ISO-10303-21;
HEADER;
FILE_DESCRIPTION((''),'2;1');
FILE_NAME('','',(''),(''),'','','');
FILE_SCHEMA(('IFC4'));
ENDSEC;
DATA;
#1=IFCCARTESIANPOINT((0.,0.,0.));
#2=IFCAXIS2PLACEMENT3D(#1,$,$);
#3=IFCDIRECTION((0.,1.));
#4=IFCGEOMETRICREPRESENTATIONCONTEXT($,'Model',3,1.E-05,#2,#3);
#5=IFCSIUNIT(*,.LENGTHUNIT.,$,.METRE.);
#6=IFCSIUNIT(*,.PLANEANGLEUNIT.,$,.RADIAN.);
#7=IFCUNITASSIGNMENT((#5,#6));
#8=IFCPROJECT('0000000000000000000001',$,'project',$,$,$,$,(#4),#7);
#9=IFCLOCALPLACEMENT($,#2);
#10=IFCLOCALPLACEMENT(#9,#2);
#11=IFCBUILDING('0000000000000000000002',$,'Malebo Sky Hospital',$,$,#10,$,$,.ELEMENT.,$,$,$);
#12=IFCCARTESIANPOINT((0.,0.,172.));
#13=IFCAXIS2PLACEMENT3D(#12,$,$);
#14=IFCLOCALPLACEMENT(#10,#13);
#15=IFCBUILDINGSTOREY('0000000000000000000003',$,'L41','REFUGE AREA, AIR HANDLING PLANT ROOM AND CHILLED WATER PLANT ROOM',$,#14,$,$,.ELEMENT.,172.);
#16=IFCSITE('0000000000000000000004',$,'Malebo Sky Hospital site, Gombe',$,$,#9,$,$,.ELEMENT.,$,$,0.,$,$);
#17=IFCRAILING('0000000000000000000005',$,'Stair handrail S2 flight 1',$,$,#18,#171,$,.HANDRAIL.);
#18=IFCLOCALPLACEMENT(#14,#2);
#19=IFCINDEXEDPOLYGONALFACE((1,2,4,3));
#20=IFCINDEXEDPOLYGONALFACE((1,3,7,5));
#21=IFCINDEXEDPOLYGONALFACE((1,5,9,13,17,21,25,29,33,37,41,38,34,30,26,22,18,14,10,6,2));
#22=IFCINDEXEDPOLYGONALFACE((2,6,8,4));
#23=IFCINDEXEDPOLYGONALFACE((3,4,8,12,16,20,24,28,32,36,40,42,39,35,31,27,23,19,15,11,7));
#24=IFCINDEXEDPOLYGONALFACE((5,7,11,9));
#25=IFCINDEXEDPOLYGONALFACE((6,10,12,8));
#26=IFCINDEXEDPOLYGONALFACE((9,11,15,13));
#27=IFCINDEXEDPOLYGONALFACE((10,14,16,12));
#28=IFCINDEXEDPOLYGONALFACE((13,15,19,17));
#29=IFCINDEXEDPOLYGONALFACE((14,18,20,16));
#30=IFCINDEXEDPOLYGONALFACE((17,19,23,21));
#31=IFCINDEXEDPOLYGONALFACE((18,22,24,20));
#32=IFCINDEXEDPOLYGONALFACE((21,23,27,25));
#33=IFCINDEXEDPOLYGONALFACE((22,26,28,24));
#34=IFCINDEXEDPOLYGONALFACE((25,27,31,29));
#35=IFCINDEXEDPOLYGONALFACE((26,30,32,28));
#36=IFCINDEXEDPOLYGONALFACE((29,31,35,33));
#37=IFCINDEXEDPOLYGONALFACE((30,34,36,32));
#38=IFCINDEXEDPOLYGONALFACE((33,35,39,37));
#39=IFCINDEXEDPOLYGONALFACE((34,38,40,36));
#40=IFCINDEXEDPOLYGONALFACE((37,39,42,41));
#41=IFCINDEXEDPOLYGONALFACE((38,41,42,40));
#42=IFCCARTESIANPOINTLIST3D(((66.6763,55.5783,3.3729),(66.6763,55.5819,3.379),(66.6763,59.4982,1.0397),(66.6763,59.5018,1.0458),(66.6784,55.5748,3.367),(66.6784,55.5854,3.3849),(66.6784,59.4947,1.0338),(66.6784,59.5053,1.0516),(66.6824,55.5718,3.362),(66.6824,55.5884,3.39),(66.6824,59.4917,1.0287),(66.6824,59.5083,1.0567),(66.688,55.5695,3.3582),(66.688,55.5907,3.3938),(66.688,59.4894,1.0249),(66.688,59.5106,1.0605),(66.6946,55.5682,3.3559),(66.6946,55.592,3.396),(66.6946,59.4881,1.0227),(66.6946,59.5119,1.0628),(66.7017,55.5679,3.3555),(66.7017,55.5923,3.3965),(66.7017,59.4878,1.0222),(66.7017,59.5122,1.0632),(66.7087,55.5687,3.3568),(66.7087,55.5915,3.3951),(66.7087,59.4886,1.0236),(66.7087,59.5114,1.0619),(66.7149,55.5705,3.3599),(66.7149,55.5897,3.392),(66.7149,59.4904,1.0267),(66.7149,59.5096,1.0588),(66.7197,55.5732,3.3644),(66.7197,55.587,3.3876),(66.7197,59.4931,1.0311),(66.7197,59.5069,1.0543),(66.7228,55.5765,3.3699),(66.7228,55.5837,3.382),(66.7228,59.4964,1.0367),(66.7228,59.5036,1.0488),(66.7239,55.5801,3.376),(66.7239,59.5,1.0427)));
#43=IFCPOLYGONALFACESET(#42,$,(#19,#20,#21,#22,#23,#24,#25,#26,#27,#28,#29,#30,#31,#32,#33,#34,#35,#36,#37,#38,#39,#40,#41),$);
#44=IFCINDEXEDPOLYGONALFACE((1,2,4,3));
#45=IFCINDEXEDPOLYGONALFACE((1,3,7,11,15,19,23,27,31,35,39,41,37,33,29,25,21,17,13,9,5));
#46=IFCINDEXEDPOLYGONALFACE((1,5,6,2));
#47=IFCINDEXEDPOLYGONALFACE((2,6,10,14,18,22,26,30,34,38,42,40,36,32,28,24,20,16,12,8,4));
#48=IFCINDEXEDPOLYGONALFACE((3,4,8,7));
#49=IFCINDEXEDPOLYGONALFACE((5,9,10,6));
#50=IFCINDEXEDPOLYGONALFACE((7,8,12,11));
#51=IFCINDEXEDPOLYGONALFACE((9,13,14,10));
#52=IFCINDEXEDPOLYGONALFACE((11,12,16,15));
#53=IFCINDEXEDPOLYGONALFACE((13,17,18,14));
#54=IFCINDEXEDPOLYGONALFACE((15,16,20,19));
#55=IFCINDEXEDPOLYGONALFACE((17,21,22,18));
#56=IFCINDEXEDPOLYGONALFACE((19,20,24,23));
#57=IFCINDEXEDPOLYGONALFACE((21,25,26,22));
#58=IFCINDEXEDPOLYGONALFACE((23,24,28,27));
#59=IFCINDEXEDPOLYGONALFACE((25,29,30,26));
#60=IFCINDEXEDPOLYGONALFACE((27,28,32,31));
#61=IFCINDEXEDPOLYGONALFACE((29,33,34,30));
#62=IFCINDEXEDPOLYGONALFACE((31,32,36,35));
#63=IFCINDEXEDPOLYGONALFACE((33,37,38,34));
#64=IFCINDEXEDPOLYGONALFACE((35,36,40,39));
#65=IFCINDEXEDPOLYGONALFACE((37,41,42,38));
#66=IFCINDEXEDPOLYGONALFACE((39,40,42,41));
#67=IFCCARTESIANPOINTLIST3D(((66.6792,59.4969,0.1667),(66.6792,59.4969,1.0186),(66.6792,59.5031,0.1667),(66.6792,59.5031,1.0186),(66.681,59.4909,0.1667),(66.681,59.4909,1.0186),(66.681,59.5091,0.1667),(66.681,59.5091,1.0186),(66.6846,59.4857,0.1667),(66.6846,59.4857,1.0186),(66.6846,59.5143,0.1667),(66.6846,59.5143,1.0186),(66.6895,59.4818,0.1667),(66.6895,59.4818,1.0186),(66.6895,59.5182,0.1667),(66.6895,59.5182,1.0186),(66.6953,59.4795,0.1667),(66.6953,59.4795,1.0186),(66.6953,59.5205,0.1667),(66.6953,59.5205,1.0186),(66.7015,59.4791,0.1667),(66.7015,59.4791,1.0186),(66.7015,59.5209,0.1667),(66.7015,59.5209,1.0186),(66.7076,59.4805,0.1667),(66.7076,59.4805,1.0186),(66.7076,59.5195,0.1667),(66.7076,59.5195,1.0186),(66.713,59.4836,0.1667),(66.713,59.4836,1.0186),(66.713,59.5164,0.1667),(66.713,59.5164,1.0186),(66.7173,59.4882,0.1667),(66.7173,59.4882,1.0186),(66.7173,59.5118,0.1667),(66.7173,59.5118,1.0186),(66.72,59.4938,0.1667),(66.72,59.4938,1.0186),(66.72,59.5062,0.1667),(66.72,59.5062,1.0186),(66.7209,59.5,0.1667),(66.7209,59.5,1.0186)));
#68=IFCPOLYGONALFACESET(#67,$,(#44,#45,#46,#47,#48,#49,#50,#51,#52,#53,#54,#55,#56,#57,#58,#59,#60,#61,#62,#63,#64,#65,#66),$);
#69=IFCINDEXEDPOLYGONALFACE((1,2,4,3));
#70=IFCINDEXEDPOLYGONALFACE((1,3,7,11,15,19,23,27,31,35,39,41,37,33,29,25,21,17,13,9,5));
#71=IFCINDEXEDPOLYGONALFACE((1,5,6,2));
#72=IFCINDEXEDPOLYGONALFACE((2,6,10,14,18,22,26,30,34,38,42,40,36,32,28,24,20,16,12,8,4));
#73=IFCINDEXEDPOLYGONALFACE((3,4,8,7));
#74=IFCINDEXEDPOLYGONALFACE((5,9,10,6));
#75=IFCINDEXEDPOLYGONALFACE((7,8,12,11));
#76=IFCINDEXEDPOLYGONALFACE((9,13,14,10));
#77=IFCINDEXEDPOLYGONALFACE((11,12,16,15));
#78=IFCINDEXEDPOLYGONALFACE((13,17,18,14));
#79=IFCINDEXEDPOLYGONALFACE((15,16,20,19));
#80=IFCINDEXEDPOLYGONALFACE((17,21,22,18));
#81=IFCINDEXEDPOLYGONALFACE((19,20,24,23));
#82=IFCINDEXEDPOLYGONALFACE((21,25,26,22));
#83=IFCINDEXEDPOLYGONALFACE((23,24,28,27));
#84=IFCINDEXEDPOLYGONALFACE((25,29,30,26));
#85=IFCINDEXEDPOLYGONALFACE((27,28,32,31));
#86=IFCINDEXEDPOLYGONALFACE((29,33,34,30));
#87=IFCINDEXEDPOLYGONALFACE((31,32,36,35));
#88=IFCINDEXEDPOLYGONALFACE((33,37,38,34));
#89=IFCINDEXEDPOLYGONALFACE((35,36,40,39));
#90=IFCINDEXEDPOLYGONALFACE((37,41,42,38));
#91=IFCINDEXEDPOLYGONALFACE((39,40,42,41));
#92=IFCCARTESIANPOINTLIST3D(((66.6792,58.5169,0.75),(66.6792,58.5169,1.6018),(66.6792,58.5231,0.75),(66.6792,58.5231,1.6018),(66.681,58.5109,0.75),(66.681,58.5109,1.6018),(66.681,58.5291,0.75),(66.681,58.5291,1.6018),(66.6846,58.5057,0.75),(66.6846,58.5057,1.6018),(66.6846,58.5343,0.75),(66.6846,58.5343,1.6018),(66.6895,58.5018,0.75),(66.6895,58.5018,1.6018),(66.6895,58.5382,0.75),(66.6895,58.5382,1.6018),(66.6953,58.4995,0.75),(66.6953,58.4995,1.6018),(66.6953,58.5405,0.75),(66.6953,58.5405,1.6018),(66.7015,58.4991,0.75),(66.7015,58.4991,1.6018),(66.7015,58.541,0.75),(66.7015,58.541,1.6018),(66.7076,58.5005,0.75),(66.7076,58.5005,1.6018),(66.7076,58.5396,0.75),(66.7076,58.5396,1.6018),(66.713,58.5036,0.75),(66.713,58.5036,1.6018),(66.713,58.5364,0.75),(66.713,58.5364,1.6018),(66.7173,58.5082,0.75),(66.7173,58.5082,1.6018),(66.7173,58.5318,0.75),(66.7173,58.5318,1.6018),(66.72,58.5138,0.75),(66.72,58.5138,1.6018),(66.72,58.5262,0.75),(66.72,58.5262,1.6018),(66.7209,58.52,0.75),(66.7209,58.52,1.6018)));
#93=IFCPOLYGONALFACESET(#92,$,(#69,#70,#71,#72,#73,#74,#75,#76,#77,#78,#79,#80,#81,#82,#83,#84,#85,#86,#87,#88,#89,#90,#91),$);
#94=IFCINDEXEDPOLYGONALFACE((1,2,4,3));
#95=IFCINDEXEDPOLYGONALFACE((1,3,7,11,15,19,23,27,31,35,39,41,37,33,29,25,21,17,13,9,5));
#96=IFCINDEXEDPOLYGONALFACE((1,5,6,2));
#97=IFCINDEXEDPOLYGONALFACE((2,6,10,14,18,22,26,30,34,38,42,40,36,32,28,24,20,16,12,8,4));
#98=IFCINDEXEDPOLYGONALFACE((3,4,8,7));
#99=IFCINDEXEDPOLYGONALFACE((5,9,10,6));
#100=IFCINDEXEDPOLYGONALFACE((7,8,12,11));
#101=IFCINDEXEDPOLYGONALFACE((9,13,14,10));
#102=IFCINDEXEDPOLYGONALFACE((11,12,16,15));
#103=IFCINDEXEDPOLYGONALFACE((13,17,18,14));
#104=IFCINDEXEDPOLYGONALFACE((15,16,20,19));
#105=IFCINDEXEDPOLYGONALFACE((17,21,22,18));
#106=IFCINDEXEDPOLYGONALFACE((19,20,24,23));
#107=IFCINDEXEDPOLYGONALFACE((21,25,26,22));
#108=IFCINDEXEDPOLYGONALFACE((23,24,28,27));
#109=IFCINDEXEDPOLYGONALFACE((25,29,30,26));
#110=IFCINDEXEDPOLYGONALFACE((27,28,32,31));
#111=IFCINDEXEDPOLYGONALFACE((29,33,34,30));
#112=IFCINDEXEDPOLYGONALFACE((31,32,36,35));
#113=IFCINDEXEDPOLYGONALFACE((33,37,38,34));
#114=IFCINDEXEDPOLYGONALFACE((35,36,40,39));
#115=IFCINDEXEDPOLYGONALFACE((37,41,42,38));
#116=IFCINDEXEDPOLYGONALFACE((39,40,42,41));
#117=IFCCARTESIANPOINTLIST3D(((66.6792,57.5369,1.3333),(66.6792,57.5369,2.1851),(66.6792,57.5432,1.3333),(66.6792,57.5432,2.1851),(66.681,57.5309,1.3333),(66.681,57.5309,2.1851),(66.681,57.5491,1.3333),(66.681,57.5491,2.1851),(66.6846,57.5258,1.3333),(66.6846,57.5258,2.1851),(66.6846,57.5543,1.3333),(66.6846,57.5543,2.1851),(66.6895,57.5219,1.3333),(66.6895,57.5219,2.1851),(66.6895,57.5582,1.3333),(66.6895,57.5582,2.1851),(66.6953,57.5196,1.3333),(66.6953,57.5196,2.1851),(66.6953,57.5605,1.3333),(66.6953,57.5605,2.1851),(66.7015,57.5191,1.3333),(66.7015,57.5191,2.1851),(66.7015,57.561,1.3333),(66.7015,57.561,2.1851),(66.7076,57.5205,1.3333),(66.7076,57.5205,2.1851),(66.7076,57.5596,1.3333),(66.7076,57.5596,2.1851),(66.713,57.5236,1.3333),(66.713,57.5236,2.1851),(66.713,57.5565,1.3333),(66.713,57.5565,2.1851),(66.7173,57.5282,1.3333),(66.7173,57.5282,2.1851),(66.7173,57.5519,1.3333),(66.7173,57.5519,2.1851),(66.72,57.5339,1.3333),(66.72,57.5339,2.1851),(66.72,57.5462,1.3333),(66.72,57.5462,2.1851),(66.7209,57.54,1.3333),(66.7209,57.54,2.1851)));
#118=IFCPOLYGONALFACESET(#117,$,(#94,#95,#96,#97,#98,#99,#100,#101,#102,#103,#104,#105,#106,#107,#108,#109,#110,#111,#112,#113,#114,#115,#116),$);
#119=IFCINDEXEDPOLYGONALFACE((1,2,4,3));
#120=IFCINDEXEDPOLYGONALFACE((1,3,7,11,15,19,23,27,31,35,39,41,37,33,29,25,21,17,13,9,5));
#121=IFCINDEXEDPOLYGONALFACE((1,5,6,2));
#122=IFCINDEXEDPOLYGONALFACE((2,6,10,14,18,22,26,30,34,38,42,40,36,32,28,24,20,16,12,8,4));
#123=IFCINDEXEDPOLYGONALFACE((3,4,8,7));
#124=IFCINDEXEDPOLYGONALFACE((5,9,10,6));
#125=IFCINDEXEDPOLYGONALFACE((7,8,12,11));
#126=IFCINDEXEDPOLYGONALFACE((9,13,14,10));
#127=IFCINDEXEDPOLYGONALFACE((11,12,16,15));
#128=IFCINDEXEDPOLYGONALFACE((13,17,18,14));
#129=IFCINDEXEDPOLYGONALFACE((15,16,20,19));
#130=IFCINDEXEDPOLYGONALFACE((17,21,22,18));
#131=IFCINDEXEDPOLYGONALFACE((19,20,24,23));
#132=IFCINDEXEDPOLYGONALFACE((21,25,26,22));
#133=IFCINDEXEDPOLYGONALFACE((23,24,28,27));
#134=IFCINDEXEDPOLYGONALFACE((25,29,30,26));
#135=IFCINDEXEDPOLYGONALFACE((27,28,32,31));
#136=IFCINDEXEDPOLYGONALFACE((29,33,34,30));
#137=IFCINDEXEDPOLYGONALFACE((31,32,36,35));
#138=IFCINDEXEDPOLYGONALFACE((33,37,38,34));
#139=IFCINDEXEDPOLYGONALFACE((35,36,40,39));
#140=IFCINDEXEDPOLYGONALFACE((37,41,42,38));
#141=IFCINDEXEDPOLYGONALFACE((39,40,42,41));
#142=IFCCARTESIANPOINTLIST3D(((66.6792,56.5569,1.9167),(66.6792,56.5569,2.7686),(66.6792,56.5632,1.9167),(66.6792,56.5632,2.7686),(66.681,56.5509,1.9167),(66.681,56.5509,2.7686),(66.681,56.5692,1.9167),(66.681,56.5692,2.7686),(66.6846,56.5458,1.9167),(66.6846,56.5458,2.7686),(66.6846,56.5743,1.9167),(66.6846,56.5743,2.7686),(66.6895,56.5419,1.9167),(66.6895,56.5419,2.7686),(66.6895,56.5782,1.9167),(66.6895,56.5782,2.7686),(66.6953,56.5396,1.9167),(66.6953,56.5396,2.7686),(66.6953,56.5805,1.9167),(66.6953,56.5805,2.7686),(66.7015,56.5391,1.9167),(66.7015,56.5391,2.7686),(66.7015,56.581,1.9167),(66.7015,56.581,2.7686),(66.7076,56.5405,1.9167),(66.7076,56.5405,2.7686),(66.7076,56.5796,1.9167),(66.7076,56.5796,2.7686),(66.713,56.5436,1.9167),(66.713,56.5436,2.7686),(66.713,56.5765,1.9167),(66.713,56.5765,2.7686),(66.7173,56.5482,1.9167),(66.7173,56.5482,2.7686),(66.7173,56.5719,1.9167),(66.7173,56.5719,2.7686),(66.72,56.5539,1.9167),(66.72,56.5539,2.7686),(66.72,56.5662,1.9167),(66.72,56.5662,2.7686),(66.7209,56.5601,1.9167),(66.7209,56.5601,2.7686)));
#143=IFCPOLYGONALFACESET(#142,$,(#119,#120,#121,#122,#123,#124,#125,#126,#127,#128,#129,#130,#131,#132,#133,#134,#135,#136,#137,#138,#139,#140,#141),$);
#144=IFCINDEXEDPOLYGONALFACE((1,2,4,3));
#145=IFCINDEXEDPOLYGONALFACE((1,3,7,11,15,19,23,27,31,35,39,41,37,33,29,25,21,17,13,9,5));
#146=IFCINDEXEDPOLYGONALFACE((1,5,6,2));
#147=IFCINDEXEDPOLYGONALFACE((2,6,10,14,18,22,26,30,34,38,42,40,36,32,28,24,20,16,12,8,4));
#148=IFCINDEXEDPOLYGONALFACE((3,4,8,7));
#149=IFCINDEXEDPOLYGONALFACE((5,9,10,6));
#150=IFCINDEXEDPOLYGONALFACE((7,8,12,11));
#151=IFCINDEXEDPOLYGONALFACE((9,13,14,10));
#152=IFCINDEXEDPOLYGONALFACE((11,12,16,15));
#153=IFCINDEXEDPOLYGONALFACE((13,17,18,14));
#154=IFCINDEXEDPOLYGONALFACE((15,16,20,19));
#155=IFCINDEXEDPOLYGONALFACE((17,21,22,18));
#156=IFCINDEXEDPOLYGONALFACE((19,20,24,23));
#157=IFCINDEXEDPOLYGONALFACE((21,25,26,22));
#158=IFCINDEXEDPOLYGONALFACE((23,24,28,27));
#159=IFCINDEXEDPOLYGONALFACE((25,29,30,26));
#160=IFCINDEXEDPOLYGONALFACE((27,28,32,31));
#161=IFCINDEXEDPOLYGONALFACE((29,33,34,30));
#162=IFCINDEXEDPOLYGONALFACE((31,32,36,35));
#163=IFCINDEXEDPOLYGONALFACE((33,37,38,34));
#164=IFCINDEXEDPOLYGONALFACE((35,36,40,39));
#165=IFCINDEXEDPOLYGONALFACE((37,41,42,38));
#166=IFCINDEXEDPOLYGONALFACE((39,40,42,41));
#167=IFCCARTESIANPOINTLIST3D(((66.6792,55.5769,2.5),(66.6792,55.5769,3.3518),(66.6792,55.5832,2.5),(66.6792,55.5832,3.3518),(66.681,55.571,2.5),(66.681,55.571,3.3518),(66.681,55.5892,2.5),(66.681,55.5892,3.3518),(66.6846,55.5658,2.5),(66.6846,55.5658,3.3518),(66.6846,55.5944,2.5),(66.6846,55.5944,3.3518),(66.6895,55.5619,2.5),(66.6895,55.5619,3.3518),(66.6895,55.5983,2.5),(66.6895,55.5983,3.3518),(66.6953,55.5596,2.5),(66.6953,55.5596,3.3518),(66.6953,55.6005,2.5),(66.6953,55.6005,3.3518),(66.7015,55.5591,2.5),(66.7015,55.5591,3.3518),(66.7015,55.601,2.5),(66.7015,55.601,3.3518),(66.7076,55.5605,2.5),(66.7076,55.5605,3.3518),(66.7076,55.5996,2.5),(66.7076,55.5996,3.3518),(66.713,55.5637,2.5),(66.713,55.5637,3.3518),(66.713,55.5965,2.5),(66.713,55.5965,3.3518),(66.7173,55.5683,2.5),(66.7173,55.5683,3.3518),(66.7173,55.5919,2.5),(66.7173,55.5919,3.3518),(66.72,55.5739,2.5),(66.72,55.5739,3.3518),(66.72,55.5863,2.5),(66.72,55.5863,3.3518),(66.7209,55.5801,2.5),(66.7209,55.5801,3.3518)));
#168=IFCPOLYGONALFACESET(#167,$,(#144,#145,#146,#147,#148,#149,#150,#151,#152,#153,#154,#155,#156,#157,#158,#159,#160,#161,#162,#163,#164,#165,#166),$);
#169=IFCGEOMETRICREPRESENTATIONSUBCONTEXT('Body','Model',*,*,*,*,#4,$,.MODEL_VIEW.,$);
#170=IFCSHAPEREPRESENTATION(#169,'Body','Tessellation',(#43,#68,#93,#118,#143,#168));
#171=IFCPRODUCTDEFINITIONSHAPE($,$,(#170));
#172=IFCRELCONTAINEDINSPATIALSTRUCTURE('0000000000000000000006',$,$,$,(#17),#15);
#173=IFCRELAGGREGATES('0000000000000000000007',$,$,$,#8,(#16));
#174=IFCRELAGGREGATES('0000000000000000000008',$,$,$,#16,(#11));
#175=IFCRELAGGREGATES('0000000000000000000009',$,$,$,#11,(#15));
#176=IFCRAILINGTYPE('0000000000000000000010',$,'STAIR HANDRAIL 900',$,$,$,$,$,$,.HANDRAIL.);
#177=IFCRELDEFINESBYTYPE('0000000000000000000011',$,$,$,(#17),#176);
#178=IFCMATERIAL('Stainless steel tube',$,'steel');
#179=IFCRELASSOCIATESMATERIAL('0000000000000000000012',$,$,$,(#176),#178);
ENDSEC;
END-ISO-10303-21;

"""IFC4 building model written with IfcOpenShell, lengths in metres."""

from ifc_helpers import new_model, si_unit, direction, frame, origin, origin_2d, place, context, subcontext, project, spatial, circle, extrude, material, type_object, element, save


model = new_model("IFC4")

# Units and contexts
model_context = context("Model", 3, precision=1e-05, world=origin(), true_north=direction((0.0, 1.0)))
body_context = subcontext(model_context, "Body", "Model", "MODEL_VIEW")
ifc_project = project(units=[si_unit("LENGTHUNIT", "METRE"), si_unit("PLANEANGLEUNIT", "RADIAN")], contexts=[model_context])

# Site, building, storey
site_placement = place(None, origin())
site = spatial("IfcSite", under=ifc_project, at=site_placement, Name="Malebo Sky Hospital site, Gombe", CompositionType="ELEMENT", RefElevation=0.0)
building_placement = place(site_placement, origin())
building = spatial("IfcBuilding", under=site, at=building_placement, Name="Malebo Sky Hospital", CompositionType="ELEMENT")
storey_placement = place(building_placement, frame((0.0, 0.0, 172.0)))
storey = spatial("IfcBuildingStorey", under=building, at=storey_placement, Name="L41", Description="REFUGE AREA, AIR HANDLING PLANT ROOM AND CHILLED WATER PLANT ROOM", CompositionType="ELEMENT", Elevation=172.0)

# Railing
ifc_material_1 = material(Name="Stainless steel tube", Category="steel")
railing_type = type_object("IfcRailingType", Name="STAIR HANDRAIL 900", PredefinedType="HANDRAIL", material=ifc_material_1)
railing_1_placement = place(storey_placement, frame((66.7, 59.5, 0.1667)))
element("IfcRailing", 1, at=railing_1_placement, inside=storey, type_object=railing_type, Name="Stair handrail S2 flight 1", PredefinedType="HANDRAIL", context=body_context, shape_type="SweptSolid", body=[
    extrude(circle(Radius=0.0239, at=origin_2d()), frame((0.0, 0.0, 0.876), z_axis=(0.0, -0.859296, 0.511478), x_axis=(1.0, 0.0, 0.0)), (0.0, 0.0, 1.0), 4.5618),
    extrude(circle(Radius=0.021, at=origin_2d()), origin(), (0.0, 0.0, 1.0), 0.8518),
    extrude(circle(Radius=0.021, at=origin_2d()), frame((0.0, -0.98, 0.5833)), (0.0, 0.0, 1.0), 0.8518),
    extrude(circle(Radius=0.021, at=origin_2d()), frame((0.0, -1.96, 1.1665)), (0.0, 0.0, 1.0), 0.8518),
    extrude(circle(Radius=0.021, at=origin_2d()), frame((0.0, -2.9399, 1.75)), (0.0, 0.0, 1.0), 0.8518),
    extrude(circle(Radius=0.021, at=origin_2d()), frame((0.0, -3.9199, 2.3333)), (0.0, 0.0, 1.0), 0.8518),
])

save(model, "model.ifc")
